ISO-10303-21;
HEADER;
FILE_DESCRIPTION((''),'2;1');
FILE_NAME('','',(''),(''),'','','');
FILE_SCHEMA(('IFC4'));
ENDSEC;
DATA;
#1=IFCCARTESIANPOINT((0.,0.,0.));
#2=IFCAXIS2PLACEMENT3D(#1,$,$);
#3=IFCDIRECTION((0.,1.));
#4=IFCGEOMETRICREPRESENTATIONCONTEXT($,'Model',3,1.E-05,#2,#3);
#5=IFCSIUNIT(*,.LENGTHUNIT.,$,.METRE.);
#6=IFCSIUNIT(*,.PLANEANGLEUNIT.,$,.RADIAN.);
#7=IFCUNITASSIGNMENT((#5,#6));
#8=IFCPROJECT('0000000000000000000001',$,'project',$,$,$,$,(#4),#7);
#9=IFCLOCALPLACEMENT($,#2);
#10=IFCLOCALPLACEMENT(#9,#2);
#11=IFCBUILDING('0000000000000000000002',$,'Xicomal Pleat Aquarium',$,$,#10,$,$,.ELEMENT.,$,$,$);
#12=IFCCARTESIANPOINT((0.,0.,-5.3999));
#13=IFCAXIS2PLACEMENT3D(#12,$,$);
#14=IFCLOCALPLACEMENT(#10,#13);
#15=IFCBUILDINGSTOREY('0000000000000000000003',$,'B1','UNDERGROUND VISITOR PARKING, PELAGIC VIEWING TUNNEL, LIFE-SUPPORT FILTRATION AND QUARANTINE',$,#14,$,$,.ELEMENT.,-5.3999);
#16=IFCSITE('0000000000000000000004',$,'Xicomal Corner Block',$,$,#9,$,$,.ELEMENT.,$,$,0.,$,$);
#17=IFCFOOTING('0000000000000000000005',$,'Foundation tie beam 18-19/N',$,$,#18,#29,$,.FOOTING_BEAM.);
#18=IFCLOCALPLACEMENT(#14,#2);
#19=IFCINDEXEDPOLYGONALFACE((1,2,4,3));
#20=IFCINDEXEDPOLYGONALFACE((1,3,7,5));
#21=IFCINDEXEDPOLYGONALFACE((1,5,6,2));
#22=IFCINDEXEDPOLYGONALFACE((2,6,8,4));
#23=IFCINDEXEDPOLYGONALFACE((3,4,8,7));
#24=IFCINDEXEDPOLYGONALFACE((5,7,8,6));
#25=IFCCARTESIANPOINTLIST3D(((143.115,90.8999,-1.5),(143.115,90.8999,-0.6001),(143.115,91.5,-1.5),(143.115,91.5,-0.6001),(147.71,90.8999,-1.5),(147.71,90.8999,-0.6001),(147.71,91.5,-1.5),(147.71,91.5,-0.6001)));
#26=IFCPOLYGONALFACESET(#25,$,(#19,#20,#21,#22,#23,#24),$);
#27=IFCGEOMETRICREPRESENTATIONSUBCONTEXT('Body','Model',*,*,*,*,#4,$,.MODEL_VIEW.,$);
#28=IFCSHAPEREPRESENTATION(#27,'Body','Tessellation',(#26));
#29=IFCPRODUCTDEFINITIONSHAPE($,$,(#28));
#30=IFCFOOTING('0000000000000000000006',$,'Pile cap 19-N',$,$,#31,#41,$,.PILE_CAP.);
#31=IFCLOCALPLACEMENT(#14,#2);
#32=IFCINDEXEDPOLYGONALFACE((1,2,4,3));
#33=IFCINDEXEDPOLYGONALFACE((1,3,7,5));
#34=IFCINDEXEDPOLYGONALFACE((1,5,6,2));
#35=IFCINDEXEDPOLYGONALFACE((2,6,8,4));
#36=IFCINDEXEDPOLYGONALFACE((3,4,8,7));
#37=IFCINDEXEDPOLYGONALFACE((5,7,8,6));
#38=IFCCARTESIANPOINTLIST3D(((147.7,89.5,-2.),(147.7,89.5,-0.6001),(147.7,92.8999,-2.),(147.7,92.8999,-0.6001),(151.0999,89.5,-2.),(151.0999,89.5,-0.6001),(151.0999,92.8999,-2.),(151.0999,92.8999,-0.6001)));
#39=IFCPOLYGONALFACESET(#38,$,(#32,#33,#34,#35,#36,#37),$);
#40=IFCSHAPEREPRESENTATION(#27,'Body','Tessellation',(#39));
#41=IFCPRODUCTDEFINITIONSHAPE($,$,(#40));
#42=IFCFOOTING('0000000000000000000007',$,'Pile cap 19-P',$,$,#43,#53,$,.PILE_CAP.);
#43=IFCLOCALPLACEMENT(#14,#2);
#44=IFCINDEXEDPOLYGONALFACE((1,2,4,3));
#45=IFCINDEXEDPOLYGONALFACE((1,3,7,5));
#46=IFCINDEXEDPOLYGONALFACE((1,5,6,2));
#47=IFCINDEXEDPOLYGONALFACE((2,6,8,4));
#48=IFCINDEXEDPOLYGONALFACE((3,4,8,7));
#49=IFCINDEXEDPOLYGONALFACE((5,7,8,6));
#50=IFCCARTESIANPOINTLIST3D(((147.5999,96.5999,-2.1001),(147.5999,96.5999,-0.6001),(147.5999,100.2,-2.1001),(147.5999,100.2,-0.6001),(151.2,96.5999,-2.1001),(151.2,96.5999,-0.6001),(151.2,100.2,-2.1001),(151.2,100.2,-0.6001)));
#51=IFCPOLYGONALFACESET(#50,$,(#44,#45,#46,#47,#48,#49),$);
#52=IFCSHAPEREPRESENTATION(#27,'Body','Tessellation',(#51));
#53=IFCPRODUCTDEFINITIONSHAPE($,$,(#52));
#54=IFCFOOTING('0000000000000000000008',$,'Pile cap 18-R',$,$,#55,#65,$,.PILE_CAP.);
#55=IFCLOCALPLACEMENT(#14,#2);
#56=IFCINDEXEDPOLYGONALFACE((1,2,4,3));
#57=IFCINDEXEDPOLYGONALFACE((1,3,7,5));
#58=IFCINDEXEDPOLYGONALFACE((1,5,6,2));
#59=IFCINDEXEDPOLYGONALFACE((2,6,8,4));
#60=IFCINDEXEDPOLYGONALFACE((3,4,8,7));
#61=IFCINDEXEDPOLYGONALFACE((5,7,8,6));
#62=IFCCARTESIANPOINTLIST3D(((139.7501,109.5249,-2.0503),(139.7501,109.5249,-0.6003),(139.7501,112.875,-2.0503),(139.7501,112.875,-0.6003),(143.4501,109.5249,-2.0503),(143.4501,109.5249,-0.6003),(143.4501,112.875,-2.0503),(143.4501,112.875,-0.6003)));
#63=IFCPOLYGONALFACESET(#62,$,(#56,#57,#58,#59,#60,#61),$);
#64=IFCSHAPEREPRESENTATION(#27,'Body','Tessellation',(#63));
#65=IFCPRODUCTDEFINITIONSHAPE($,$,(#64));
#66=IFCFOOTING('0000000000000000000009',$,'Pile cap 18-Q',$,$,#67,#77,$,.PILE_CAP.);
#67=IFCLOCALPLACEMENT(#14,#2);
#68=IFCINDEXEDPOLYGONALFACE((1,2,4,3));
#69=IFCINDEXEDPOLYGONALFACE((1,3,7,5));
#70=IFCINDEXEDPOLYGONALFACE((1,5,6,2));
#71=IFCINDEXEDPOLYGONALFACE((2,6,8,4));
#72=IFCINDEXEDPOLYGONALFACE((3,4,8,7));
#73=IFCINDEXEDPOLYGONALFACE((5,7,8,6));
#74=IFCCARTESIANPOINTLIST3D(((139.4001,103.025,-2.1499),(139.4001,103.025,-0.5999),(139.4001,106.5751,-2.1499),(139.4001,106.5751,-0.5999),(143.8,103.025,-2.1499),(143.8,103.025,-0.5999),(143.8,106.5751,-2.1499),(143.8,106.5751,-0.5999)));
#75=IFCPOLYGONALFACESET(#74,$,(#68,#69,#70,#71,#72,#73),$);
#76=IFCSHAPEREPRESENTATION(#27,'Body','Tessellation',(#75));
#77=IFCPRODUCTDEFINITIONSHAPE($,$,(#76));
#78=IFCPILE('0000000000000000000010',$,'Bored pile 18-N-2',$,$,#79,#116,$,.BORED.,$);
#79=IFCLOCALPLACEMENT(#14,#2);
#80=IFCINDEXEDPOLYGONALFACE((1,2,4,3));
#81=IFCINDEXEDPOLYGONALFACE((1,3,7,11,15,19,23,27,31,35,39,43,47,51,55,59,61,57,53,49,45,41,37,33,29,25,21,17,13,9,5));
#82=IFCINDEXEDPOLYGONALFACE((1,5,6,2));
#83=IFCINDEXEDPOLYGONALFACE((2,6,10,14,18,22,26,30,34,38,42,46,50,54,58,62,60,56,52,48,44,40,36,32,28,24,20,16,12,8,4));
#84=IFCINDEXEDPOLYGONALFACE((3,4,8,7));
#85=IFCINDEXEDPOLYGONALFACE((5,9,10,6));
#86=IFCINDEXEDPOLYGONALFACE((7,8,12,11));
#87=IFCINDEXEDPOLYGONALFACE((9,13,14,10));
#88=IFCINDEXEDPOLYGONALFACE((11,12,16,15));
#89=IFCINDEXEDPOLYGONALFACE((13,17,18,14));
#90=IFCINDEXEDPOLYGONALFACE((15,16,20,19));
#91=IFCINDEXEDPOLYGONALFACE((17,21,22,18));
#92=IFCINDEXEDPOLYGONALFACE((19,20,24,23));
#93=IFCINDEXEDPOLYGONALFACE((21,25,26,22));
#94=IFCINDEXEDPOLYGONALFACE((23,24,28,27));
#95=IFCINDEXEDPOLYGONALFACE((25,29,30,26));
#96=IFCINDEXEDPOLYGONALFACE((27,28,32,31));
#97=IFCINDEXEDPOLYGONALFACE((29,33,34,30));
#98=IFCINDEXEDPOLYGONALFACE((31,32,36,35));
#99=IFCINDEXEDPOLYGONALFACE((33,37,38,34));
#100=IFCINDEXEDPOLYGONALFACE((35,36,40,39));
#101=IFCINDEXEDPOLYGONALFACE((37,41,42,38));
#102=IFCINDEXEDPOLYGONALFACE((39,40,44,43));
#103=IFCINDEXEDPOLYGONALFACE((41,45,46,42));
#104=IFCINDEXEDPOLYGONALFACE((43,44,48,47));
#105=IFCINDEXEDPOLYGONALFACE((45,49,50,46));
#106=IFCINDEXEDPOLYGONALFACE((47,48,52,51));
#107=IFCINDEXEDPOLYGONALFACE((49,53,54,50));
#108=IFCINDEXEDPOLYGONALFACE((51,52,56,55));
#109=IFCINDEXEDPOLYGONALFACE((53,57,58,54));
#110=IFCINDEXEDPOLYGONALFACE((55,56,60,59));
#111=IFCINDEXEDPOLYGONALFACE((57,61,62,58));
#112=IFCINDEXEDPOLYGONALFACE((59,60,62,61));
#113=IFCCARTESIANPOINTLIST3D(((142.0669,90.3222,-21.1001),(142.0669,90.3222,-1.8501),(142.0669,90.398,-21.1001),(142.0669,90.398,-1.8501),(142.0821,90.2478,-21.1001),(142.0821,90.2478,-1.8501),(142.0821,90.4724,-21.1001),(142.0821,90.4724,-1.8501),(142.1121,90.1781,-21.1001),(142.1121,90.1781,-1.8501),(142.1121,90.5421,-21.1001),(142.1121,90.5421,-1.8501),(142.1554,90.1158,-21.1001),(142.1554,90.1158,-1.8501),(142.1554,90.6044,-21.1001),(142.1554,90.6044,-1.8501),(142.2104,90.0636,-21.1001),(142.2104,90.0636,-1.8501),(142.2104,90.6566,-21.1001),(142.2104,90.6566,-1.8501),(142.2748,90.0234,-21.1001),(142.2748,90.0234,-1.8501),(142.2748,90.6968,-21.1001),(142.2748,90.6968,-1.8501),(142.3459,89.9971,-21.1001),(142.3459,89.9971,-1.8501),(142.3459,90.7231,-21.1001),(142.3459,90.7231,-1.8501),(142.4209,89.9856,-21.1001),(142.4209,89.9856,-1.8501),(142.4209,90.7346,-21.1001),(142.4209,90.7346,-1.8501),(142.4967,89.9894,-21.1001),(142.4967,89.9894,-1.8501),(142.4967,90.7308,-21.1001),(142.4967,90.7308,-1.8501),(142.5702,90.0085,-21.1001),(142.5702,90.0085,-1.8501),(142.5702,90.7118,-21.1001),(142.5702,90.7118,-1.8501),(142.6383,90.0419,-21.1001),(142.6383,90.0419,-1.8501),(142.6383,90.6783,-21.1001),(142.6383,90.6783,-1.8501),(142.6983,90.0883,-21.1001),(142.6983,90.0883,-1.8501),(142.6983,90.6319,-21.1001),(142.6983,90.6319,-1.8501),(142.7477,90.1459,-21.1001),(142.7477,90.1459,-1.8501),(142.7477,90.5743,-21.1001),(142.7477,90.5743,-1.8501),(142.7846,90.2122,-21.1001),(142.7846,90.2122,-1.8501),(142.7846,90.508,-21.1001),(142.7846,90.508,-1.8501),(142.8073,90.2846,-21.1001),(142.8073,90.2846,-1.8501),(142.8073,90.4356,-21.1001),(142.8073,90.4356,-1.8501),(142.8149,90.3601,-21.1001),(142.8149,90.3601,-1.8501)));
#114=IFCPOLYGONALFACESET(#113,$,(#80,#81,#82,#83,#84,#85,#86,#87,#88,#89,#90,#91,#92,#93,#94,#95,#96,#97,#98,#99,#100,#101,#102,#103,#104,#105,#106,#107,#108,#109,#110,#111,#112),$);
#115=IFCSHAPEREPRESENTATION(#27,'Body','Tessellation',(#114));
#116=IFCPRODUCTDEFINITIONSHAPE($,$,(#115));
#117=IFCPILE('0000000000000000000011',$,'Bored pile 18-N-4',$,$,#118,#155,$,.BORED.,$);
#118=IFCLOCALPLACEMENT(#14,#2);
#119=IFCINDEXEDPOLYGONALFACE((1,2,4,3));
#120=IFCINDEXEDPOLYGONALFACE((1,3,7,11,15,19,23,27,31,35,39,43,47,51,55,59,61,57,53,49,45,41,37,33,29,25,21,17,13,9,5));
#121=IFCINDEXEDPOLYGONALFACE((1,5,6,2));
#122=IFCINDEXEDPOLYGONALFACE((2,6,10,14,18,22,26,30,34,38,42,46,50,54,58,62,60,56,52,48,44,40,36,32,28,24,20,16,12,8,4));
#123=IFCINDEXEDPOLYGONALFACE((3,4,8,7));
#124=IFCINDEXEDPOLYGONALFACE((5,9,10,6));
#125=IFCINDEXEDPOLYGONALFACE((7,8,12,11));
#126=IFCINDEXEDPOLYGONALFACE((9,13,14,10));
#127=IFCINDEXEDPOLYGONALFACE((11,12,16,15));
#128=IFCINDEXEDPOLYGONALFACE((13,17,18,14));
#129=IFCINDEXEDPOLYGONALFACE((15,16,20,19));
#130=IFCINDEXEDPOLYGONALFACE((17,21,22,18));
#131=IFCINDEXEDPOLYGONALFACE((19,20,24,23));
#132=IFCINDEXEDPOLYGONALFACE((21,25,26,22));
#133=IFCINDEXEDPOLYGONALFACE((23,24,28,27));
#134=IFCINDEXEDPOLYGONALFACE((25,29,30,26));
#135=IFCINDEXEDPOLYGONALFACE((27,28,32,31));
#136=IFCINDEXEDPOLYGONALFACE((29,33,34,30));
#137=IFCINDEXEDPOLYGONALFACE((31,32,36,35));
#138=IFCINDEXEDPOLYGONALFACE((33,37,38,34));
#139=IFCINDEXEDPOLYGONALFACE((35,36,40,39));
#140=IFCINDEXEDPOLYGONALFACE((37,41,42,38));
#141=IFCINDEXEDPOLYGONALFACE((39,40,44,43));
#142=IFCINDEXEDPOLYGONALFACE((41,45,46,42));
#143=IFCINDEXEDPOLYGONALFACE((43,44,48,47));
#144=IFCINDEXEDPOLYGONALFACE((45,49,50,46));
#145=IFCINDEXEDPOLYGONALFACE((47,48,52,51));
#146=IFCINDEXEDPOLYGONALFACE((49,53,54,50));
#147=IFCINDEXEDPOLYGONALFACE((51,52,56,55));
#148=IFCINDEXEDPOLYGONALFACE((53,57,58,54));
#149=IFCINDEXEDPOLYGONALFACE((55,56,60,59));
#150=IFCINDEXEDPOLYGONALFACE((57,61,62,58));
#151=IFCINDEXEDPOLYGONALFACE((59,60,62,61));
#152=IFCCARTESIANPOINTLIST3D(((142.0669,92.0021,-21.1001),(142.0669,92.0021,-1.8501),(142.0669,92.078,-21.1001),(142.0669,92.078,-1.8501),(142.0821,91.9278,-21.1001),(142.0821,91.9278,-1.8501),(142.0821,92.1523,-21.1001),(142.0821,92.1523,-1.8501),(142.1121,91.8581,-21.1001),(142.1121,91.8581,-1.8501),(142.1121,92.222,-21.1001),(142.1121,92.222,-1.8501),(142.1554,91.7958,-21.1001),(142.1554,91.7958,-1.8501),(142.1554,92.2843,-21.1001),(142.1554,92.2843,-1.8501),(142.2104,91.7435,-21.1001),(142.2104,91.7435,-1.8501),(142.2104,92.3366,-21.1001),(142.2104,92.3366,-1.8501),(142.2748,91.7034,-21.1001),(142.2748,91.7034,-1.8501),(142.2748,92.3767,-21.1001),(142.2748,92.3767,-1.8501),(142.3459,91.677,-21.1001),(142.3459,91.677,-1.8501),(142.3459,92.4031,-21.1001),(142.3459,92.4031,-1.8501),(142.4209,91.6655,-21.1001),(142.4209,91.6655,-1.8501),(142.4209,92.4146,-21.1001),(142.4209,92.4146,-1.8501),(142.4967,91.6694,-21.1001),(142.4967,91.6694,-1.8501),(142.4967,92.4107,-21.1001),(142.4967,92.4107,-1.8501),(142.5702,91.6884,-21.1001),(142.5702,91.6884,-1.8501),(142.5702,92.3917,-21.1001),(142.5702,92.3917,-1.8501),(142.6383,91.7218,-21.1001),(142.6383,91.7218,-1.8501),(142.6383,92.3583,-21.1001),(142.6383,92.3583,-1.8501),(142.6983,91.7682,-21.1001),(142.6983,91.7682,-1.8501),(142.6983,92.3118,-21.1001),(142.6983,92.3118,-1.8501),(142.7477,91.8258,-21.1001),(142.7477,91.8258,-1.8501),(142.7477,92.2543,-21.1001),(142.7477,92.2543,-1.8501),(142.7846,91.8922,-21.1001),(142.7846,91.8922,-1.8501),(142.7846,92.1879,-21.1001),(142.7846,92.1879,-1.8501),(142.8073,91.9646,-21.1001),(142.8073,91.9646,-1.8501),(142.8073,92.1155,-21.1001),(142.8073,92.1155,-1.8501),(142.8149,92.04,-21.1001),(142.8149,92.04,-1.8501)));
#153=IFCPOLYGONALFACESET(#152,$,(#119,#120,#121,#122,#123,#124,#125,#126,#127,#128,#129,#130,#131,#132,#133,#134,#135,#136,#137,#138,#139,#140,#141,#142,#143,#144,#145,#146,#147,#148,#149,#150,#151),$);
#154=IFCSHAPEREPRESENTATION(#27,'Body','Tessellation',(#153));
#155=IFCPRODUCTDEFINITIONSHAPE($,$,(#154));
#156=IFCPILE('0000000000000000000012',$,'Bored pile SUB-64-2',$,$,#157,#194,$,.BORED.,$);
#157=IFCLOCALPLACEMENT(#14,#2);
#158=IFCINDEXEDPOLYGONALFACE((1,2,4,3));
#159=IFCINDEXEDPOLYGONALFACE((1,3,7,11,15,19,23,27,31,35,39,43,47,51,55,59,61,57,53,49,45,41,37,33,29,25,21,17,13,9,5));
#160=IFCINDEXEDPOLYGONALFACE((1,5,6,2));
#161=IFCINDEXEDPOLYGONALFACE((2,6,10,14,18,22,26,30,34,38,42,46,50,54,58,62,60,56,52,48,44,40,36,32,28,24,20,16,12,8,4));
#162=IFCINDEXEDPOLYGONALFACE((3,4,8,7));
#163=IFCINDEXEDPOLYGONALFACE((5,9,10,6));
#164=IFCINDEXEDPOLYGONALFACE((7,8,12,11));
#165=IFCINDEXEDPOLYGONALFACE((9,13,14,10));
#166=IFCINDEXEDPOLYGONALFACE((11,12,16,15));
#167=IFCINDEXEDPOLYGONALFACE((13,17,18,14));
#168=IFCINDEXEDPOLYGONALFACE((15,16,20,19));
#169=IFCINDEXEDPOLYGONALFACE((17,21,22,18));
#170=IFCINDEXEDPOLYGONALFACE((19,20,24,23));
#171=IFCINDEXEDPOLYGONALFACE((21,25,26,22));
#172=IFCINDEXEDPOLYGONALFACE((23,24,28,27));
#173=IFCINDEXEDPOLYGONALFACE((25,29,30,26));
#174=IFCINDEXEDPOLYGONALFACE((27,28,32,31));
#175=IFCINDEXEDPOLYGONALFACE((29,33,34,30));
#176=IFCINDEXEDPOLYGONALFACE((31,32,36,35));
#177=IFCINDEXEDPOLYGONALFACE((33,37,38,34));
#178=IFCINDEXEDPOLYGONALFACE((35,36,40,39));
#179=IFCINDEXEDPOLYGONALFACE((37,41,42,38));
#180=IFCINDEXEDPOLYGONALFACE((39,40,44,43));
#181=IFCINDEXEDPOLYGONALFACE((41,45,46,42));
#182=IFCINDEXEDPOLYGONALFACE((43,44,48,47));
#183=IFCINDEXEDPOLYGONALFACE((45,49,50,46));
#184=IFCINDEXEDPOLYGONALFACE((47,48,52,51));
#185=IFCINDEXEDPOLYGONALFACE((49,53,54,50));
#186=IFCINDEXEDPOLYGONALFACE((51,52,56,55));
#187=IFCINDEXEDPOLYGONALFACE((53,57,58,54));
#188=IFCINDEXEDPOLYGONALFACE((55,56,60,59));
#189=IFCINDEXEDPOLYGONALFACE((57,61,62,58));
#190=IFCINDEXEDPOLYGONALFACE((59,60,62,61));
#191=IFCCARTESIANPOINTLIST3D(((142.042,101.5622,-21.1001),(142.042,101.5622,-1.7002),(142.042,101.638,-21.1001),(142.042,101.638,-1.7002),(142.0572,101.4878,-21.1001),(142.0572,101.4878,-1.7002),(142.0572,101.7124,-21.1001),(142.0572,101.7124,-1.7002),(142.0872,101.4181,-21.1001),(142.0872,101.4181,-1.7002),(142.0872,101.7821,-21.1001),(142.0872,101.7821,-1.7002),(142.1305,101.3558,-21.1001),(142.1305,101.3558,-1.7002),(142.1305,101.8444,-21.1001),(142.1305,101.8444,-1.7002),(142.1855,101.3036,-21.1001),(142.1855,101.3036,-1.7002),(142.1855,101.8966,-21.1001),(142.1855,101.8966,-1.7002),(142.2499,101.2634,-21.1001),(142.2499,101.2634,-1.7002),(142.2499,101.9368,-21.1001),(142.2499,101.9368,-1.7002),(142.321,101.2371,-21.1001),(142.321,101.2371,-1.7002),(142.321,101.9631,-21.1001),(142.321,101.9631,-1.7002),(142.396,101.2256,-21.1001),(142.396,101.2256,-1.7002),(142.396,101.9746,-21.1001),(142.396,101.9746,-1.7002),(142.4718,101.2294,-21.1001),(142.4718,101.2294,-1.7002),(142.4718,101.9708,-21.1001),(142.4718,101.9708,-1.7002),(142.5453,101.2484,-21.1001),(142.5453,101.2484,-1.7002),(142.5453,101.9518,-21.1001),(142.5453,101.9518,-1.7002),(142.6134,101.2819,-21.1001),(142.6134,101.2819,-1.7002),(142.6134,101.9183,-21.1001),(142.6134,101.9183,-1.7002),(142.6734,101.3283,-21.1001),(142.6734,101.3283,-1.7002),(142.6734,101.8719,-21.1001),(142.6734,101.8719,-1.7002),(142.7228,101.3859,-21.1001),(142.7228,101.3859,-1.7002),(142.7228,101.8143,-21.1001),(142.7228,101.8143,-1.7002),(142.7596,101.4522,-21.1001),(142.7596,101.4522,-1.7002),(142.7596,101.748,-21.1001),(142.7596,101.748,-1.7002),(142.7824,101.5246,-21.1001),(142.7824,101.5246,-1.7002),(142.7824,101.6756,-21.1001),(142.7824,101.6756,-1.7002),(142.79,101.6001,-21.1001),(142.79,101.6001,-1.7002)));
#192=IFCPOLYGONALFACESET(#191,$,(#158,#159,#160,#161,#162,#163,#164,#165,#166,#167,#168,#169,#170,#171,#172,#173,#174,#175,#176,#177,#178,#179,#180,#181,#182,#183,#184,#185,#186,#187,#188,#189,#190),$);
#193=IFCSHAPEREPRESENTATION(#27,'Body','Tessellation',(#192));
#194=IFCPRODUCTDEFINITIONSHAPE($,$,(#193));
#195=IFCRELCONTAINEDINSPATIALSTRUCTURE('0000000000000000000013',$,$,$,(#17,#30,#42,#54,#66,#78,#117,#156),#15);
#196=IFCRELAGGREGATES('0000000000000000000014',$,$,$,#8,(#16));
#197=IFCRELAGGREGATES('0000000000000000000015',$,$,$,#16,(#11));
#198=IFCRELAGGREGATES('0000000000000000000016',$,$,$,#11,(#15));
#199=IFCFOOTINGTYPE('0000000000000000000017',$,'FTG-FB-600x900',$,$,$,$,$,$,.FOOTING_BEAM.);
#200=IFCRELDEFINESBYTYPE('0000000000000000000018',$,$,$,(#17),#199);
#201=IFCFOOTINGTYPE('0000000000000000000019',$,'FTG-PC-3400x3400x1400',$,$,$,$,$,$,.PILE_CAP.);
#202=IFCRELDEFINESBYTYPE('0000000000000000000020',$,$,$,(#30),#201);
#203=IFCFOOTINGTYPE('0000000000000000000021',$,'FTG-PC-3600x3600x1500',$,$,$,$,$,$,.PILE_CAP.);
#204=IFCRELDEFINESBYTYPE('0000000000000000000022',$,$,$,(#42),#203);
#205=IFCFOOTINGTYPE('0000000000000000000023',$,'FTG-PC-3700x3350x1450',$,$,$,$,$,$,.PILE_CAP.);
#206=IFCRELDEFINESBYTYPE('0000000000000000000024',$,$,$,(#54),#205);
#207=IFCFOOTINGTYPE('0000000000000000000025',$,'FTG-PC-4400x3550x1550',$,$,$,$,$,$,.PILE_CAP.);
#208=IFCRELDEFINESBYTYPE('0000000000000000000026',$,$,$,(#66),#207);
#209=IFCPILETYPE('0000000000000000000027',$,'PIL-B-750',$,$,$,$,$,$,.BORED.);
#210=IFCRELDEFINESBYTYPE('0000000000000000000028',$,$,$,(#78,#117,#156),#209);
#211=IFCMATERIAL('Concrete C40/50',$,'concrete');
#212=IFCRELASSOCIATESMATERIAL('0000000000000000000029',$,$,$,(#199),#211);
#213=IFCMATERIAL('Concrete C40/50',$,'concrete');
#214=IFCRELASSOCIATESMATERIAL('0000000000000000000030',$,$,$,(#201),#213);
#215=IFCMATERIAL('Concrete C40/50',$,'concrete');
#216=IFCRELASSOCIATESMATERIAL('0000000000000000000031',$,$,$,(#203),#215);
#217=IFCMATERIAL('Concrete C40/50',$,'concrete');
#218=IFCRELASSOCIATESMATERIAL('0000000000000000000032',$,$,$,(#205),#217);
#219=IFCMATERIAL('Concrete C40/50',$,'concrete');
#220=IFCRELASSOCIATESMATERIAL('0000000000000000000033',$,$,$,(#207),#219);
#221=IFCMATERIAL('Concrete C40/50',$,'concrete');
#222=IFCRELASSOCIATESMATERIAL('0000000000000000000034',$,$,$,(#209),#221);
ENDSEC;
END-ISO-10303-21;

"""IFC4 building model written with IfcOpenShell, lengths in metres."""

from ifc_helpers import new_model, si_unit, direction, frame, origin, origin_2d, place, context, subcontext, project, spatial, rectangle, circle, extrude, material, material_profile, profile_set, type_object, element, save


model = new_model("IFC4")

# Units and contexts
model_context = context("Model", 3, precision=1e-05, world=origin(), true_north=direction((0.0, 1.0)))
body_context = subcontext(model_context, "Body", "Model", "MODEL_VIEW")
ifc_project = project(units=[si_unit("LENGTHUNIT", "METRE"), si_unit("PLANEANGLEUNIT", "RADIAN")], contexts=[model_context])

# Site, building, storey
site_placement = place(None, origin())
site = spatial("IfcSite", under=ifc_project, at=site_placement, Name="Xicomal Corner Block", CompositionType="ELEMENT", RefElevation=0.0)
building_placement = place(site_placement, origin())
building = spatial("IfcBuilding", under=site, at=building_placement, Name="Xicomal Pleat Aquarium", CompositionType="ELEMENT")
storey_placement = place(building_placement, frame((0.0, 0.0, -5.3999)))
storey = spatial("IfcBuildingStorey", under=building, at=storey_placement, Name="B1", Description="UNDERGROUND VISITOR PARKING, PELAGIC VIEWING TUNNEL, LIFE-SUPPORT FILTRATION AND QUARANTINE", CompositionType="ELEMENT", Elevation=-5.3999)

# Footings
ifc_material_1 = material(Name="Concrete C40/50", Category="concrete")
ifc_material_profile_1 = material_profile(ifc_material_1, rectangle(XDim=0.6001, YDim=0.8999, at=origin_2d()), Name="FB-02 600x900")
ifc_profile_set_1 = profile_set([ifc_material_profile_1], Name="Concrete C40/50")
footing_type_1 = type_object("IfcFootingType", Name="FTG-FB-600x900", PredefinedType="FOOTING_BEAM", material=ifc_profile_set_1)
footing_1_placement = place(storey_placement, frame((143.115, 91.2, -1.05), z_axis=(1.0, 0.0, 0.0), x_axis=(0.0, 1.0, 0.0)))
element("IfcFooting", 1, at=footing_1_placement, inside=storey, type_object=footing_type_1, Name="Foundation tie beam 18-19/N", PredefinedType="FOOTING_BEAM", context=body_context, shape_type="SweptSolid", body=[
    extrude(rectangle(XDim=0.6001, YDim=0.8999, at=origin_2d()), origin(), (0.0, 0.0, 1.0), 4.595),
])
ifc_material_2 = material(Name="Concrete C40/50", Category="concrete")
footing_type_2 = type_object("IfcFootingType", Name="FTG-PC-3400x3400x1400", PredefinedType="PILE_CAP", material=ifc_material_2)
footing_2_placement = place(storey_placement, frame((149.3999, 91.2, -2.0), z_axis=(0.0, 0.0, 1.0), x_axis=(1.0, 0.0, 0.0)))
element("IfcFooting", 2, at=footing_2_placement, inside=storey, type_object=footing_type_2, Name="Pile cap 19-N", PredefinedType="PILE_CAP", context=body_context, shape_type="SweptSolid", body=[
    extrude(rectangle(XDim=3.3999, YDim=3.3999, at=origin_2d()), origin(), (0.0, 0.0, 1.0), 1.3999),
])
ifc_material_3 = material(Name="Concrete C40/50", Category="concrete")
footing_type_3 = type_object("IfcFootingType", Name="FTG-PC-3600x3600x1500", PredefinedType="PILE_CAP", material=ifc_material_3)
footing_3_placement = place(storey_placement, frame((149.3999, 98.3999, -2.1001), z_axis=(0.0, 0.0, 1.0), x_axis=(1.0, 0.0, 0.0)))
element("IfcFooting", 3, at=footing_3_placement, inside=storey, type_object=footing_type_3, Name="Pile cap 19-P", PredefinedType="PILE_CAP", context=body_context, shape_type="SweptSolid", body=[
    extrude(rectangle(XDim=3.6001, YDim=3.6001, at=origin_2d()), origin(), (0.0, 0.0, 1.0), 1.5),
])
ifc_material_4 = material(Name="Concrete C40/50", Category="concrete")
footing_type_4 = type_object("IfcFootingType", Name="FTG-PC-3700x3350x1450", PredefinedType="PILE_CAP", material=ifc_material_4)
footing_4_placement = place(storey_placement, frame((141.6001, 111.2, -2.0503), z_axis=(0.0, 0.0, 1.0), x_axis=(1.0, 0.0, 0.0)))
element("IfcFooting", 4, at=footing_4_placement, inside=storey, type_object=footing_type_4, Name="Pile cap 18-R", PredefinedType="PILE_CAP", context=body_context, shape_type="SweptSolid", body=[
    extrude(rectangle(XDim=3.7, YDim=3.3501, at=origin_2d()), origin(), (0.0, 0.0, 1.0), 1.45),
])
ifc_material_5 = material(Name="Concrete C40/50", Category="concrete")
footing_type_5 = type_object("IfcFootingType", Name="FTG-PC-4400x3550x1550", PredefinedType="PILE_CAP", material=ifc_material_5)
footing_5_placement = place(storey_placement, frame((141.6001, 104.8, -2.1499), z_axis=(0.0, 0.0, 1.0), x_axis=(1.0, 0.0, 0.0)))
element("IfcFooting", 5, at=footing_5_placement, inside=storey, type_object=footing_type_5, Name="Pile cap 18-Q", PredefinedType="PILE_CAP", context=body_context, shape_type="SweptSolid", body=[
    extrude(rectangle(XDim=4.3999, YDim=3.55, at=origin_2d()), origin(), (0.0, 0.0, 1.0), 1.55),
])

# Piles
ifc_material_6 = material(Name="Concrete C40/50", Category="concrete")
ifc_material_profile_2 = material_profile(ifc_material_6, circle(Radius=0.375, at=origin_2d()), Name="BORED PILE D750")
ifc_profile_set_2 = profile_set([ifc_material_profile_2], Name="Concrete C40/50")
pile_type_1 = type_object("IfcPileType", Name="PIL-B-750", PredefinedType="BORED", material=ifc_profile_set_2)
for number, where, z_axis, x_axis, name in (
    (6, (142.4399, 90.3601, -1.8501), (0.0, 0.0, -1.0), (1.0, 0.0, 0.0), "Bored pile 18-N-2"),
    (7, (142.4399, 92.04, -1.8501), (0.0, 0.0, -1.0), (1.0, 0.0, 0.0), "Bored pile 18-N-4"),
):
    element("IfcPile", number, at=place(storey_placement, frame(where, z_axis=z_axis, x_axis=x_axis)), inside=storey, type_object=pile_type_1, Name=name, PredefinedType="BORED", context=body_context, shape_type="SweptSolid", body=[
        extrude(circle(Radius=0.375, at=origin_2d()), origin(), (0.0, 0.0, 1.0), 19.25),
    ])
pile_1_placement = place(storey_placement, frame((142.415, 101.6001, -1.7002), z_axis=(0.0, 0.0, -1.0), x_axis=(1.0, 0.0, 0.0)))
element("IfcPile", 8, at=pile_1_placement, inside=storey, type_object=pile_type_1, Name="Bored pile SUB-64-2", PredefinedType="BORED", context=body_context, shape_type="SweptSolid", body=[
    extrude(circle(Radius=0.375, at=origin_2d()), origin(), (0.0, 0.0, 1.0), 19.3999),
])

save(model, "model.ifc")
